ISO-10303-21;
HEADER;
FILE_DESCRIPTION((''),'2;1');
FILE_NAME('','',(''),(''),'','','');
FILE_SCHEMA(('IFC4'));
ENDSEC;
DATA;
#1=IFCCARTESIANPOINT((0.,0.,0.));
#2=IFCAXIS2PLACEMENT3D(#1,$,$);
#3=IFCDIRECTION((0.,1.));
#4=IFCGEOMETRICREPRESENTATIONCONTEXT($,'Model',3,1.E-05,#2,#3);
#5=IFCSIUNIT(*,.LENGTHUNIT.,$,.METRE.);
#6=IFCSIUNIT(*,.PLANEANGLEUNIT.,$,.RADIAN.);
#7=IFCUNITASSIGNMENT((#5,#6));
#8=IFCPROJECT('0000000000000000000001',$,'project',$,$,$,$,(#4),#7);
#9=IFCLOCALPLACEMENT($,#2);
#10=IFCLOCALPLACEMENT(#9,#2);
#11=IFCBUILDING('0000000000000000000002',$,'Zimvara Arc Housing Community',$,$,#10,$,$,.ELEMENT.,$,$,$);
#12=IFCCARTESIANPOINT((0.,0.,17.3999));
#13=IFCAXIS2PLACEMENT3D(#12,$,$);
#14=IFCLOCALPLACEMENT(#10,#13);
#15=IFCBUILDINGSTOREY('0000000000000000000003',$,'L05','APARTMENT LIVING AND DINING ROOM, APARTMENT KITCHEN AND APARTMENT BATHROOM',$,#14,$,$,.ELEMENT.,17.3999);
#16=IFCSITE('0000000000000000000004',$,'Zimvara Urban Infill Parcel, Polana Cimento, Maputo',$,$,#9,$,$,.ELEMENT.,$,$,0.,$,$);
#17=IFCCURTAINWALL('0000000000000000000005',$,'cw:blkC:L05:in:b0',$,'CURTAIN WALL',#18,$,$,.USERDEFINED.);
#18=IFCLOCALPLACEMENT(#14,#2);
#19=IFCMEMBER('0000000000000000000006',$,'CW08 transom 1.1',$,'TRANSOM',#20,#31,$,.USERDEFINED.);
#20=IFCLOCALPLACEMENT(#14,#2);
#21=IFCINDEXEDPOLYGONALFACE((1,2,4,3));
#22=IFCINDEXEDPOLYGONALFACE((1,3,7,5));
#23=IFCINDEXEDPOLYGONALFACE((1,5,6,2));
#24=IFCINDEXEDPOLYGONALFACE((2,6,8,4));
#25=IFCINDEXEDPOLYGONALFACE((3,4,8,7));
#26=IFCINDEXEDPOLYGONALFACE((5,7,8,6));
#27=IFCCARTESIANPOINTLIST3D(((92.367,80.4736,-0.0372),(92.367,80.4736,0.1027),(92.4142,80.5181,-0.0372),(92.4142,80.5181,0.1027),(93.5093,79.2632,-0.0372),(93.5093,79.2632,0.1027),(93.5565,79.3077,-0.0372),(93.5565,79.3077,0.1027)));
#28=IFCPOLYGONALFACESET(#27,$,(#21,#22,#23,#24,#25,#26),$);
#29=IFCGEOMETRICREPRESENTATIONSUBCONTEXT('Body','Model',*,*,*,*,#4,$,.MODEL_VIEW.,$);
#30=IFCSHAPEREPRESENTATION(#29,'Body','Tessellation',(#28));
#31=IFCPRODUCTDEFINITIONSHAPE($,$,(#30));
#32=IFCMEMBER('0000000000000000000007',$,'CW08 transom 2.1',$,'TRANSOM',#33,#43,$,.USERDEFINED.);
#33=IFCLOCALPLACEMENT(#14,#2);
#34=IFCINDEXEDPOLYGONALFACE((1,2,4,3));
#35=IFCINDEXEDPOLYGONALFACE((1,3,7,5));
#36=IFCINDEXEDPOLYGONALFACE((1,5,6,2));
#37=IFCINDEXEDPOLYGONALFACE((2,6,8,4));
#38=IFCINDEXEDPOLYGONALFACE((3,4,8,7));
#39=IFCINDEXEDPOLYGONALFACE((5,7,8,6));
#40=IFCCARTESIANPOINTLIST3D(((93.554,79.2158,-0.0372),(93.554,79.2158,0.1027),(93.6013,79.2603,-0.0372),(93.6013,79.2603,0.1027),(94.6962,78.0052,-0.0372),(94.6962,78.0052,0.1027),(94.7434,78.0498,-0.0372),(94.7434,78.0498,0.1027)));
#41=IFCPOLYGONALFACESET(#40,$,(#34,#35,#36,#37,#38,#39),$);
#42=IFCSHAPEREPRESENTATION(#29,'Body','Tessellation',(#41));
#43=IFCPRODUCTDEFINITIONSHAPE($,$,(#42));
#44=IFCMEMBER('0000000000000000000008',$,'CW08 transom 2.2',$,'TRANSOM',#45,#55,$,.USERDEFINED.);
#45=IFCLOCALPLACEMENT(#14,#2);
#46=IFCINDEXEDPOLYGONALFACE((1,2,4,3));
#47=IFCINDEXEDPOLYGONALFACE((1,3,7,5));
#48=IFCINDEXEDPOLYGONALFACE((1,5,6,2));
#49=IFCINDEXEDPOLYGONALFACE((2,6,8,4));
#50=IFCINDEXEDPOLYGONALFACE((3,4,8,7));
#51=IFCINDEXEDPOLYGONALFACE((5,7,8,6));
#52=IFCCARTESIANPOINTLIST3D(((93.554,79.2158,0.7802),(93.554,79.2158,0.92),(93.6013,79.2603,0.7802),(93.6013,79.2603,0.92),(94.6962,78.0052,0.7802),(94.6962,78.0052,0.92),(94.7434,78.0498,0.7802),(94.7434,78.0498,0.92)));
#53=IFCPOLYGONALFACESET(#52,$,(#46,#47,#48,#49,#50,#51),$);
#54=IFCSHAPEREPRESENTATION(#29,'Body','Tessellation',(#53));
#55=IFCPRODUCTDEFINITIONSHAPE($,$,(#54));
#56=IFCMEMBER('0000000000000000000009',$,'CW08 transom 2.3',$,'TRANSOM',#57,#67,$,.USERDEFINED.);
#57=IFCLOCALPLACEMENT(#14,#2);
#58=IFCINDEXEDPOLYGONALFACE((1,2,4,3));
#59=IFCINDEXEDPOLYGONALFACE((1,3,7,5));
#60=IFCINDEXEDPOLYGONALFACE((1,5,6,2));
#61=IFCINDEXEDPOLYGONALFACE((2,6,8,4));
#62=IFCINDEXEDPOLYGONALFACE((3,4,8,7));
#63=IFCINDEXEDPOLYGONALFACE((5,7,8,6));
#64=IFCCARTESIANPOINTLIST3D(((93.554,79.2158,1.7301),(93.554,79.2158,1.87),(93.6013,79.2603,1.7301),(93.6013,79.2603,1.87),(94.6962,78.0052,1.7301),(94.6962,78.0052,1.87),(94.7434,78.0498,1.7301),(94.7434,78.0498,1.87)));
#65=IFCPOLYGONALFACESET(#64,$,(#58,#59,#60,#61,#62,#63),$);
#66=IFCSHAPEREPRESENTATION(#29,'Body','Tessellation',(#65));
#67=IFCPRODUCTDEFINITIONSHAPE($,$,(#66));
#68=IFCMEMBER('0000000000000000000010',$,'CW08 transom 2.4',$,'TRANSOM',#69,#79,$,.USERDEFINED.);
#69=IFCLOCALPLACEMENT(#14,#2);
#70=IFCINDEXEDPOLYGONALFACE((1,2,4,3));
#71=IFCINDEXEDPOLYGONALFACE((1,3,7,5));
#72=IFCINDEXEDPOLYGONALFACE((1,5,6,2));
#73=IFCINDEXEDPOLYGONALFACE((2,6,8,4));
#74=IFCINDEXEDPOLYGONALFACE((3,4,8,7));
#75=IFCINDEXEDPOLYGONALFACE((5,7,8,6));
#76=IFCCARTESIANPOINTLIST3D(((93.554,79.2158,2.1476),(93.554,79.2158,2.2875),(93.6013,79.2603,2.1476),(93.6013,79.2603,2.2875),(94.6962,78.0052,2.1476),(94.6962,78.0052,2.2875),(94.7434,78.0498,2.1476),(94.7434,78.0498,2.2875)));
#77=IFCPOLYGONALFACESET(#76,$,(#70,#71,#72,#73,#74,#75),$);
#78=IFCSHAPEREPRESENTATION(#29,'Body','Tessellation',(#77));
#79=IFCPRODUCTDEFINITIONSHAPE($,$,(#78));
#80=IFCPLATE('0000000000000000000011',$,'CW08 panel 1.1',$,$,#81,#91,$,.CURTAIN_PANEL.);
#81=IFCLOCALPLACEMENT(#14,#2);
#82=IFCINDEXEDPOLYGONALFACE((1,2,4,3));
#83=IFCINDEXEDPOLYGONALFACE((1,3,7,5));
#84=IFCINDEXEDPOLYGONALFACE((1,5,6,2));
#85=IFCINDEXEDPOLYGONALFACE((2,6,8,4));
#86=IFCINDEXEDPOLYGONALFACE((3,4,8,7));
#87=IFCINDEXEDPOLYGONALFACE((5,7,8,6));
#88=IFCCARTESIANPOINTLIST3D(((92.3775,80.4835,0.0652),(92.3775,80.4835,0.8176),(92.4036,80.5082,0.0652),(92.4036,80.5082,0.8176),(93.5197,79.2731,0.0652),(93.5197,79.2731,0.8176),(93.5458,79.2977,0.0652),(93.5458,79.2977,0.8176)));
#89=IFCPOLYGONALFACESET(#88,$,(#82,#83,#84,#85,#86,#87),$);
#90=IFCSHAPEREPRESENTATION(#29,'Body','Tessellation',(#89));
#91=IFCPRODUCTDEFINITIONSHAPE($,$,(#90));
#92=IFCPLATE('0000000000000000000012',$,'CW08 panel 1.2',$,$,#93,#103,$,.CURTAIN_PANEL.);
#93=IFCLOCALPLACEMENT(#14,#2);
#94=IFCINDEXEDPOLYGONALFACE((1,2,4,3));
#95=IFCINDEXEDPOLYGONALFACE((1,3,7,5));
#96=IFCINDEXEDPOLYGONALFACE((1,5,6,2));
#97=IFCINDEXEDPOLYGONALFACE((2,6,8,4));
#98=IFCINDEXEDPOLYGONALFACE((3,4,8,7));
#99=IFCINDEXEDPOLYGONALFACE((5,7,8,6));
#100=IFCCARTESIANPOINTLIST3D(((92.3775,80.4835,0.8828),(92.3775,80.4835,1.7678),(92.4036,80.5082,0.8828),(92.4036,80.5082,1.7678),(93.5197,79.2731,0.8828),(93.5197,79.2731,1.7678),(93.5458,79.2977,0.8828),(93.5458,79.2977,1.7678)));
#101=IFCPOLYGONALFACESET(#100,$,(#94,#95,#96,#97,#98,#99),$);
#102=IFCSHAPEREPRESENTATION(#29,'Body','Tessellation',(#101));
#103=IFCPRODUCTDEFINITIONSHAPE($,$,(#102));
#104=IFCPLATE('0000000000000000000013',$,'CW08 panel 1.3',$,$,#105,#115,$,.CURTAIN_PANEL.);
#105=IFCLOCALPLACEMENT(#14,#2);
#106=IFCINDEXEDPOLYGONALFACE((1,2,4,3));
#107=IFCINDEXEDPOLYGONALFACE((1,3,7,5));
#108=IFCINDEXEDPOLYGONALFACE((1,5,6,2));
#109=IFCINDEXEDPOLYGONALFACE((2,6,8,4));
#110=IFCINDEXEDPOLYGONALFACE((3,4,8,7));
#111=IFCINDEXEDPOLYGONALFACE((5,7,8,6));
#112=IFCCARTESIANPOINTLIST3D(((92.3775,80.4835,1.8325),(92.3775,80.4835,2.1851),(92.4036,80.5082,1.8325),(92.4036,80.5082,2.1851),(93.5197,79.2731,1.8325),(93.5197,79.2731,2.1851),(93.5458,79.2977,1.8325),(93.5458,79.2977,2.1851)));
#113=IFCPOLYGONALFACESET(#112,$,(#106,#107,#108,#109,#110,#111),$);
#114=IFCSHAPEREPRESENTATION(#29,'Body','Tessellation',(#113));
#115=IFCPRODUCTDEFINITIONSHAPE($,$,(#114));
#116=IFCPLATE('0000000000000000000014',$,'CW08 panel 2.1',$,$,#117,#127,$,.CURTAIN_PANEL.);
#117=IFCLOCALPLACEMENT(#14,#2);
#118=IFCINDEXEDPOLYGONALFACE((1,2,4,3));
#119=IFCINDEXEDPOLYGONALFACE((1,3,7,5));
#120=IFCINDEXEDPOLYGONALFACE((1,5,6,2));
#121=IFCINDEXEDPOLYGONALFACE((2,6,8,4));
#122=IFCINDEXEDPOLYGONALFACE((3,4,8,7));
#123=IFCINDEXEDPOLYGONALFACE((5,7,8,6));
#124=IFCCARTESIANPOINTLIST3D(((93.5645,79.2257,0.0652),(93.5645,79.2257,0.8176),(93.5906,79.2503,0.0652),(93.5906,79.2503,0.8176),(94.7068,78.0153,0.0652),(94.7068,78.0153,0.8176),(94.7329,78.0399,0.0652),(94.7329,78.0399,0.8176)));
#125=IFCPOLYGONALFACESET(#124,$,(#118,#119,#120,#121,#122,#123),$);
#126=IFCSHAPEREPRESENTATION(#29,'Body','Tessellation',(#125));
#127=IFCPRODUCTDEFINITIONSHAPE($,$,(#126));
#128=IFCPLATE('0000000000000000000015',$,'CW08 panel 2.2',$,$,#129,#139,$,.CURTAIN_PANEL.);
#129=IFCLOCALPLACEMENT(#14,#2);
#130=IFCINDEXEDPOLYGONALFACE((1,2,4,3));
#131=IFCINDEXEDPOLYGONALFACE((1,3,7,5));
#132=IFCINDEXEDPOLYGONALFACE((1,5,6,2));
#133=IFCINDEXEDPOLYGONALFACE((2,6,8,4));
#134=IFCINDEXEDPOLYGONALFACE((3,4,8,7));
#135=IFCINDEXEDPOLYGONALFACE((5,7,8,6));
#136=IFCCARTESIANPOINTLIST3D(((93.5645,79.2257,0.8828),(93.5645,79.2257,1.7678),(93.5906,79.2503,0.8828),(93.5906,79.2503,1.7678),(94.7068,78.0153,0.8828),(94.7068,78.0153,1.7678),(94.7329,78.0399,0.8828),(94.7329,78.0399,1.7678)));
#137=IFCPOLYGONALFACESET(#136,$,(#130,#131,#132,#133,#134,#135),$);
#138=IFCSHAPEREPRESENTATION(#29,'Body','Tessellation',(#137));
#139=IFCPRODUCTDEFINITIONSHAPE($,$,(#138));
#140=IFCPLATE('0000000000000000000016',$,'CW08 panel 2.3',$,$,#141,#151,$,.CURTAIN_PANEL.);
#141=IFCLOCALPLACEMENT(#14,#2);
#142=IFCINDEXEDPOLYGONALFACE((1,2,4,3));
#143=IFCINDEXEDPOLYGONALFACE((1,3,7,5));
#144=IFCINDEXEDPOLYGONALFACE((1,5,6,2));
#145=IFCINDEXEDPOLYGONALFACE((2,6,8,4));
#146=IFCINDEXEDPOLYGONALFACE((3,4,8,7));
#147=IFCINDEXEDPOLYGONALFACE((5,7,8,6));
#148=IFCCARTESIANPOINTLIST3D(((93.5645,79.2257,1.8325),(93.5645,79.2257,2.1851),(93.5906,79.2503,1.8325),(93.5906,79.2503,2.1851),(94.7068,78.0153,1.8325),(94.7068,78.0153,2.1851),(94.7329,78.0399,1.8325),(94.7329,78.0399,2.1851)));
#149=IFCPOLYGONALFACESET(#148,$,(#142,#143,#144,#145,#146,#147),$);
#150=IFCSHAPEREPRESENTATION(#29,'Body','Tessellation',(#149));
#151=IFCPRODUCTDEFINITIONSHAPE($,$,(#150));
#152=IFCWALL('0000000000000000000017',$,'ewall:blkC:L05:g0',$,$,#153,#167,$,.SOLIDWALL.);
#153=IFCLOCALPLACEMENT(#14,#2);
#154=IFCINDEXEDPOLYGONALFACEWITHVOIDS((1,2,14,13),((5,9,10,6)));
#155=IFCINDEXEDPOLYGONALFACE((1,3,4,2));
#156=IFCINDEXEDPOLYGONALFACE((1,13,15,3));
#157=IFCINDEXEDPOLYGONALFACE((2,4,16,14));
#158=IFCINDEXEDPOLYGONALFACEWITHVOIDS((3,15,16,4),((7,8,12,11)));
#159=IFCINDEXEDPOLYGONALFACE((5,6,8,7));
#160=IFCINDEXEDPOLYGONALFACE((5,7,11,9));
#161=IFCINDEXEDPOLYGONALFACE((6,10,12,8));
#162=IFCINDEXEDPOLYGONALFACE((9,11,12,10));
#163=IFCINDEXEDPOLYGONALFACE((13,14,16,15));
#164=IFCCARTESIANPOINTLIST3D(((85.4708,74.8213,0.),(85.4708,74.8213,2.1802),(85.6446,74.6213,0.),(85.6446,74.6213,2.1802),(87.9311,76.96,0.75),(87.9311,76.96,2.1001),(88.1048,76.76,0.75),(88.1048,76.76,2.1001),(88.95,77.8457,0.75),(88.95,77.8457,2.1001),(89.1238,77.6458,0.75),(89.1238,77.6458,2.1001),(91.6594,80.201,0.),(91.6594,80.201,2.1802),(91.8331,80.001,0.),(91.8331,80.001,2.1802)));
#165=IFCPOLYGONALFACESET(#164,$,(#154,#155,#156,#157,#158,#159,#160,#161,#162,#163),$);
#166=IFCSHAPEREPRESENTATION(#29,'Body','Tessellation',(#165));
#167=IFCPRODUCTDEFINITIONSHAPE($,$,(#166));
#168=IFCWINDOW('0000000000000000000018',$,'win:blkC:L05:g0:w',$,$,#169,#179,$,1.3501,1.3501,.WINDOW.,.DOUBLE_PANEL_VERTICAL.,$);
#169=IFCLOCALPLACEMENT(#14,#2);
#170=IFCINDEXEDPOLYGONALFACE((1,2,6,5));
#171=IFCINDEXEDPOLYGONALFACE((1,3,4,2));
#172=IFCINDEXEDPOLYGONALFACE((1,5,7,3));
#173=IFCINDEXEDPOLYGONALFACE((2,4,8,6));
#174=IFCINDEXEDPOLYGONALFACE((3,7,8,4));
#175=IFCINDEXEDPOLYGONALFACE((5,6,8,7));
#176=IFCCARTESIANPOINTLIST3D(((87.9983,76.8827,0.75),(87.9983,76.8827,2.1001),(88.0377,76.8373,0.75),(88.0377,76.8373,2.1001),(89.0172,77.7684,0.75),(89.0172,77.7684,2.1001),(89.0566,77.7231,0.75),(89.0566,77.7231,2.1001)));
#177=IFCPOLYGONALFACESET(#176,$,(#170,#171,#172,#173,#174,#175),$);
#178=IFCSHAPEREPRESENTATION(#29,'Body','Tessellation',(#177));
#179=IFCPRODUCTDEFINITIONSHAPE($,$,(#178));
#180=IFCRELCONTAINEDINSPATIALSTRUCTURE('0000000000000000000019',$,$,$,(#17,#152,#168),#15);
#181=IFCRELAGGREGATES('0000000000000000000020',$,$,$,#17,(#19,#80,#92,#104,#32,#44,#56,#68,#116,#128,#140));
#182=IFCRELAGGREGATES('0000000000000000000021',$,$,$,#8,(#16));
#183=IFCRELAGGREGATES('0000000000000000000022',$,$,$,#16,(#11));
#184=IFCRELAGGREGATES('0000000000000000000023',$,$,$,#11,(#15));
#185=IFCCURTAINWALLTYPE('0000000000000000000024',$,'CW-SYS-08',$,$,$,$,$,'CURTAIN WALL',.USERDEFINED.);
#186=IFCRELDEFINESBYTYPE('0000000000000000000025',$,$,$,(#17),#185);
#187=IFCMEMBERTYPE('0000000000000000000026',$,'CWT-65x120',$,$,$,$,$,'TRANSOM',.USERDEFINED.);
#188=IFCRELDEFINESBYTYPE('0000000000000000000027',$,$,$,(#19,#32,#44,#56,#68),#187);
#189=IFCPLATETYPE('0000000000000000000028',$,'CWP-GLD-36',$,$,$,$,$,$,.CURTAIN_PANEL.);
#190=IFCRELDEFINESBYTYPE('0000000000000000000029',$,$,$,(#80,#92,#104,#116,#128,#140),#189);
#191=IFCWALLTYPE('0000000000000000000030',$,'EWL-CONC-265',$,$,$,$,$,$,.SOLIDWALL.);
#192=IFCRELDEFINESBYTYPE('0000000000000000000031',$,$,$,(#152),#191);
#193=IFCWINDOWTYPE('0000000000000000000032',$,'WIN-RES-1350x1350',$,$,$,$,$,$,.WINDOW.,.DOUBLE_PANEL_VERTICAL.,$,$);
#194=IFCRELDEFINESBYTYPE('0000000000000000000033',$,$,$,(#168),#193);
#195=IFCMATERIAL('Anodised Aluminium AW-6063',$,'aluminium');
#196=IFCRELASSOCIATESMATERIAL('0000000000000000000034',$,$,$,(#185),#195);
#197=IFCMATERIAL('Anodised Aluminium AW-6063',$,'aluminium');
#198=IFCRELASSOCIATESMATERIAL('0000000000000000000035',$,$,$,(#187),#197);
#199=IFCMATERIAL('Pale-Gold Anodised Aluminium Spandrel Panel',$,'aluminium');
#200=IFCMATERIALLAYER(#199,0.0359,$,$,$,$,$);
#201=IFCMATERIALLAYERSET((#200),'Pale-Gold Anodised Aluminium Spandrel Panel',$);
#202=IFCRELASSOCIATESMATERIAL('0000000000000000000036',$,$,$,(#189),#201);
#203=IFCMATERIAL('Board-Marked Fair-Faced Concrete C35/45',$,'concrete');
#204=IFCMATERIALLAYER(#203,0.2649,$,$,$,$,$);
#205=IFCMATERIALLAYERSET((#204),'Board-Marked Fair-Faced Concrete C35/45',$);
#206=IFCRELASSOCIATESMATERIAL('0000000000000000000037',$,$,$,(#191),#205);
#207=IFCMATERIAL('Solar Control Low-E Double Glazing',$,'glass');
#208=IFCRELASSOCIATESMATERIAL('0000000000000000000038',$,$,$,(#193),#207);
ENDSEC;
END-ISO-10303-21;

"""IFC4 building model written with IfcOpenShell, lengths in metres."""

from ifc_helpers import new_model, si_unit, direction, frame, frame_2d, origin, origin_2d, place, context, subcontext, project, spatial, rectangle, extrude, material, layer, layer_set, material_profile, profile_set, type_object, element, fill, aggregate, save


model = new_model("IFC4")

# Units and contexts
model_context = context("Model", 3, precision=1e-05, world=origin(), true_north=direction((0.0, 1.0)))
body_context = subcontext(model_context, "Body", "Model", "MODEL_VIEW")
ifc_project = project(units=[si_unit("LENGTHUNIT", "METRE"), si_unit("PLANEANGLEUNIT", "RADIAN")], contexts=[model_context])

# Site, building, storey
site_placement = place(None, origin())
site = spatial("IfcSite", under=ifc_project, at=site_placement, Name="Zimvara Urban Infill Parcel, Polana Cimento, Maputo", CompositionType="ELEMENT", RefElevation=0.0)
building_placement = place(site_placement, origin())
building = spatial("IfcBuilding", under=site, at=building_placement, Name="Zimvara Arc Housing Community", CompositionType="ELEMENT")
storey_placement = place(building_placement, frame((0.0, 0.0, 17.3999)))
storey = spatial("IfcBuildingStorey", under=building, at=storey_placement, Name="L05", Description="APARTMENT LIVING AND DINING ROOM, APARTMENT KITCHEN AND APARTMENT BATHROOM", CompositionType="ELEMENT", Elevation=17.3999)

# Curtain wall, members, plates
ifc_material_1 = material(Name="Anodised Aluminium AW-6063", Category="aluminium")
curtain_wall_type = type_object("IfcCurtainWallType", Name="CW-SYS-08", ElementType="CURTAIN WALL", PredefinedType="USERDEFINED", material=ifc_material_1)
curtain_wall_placement = place(storey_placement, origin())
curtain_wall = element("IfcCurtainWall", 1, at=curtain_wall_placement, inside=storey, type_object=curtain_wall_type, Name="cw:blkC:L05:in:b0", ObjectType="CURTAIN WALL", PredefinedType="USERDEFINED")
ifc_material_2 = material(Name="Anodised Aluminium AW-6063", Category="aluminium")
ifc_material_profile_1 = material_profile(ifc_material_2, rectangle(XDim=0.0649, YDim=0.1399, at=origin_2d()), Name="ALU 65x140")
ifc_profile_set_1 = profile_set([ifc_material_profile_1], Name="Anodised Aluminium AW-6063")
member_type_1 = type_object("IfcMemberType", Name="CWT-65x120", ElementType="TRANSOM", PredefinedType="USERDEFINED", material=ifc_profile_set_1)
member_1_placement = place(storey_placement, frame((92.3906, 80.4958, 0.0327), z_axis=(0.686348, -0.727273, 0.0), x_axis=(0.727273, 0.686348, 0.0)))
member_1 = element("IfcMember", 2, at=member_1_placement, type_object=member_type_1, Name="CW08 transom 1.1", ObjectType="TRANSOM", PredefinedType="USERDEFINED", context=body_context, shape_type="SweptSolid", body=[
    extrude(rectangle(XDim=0.0649, YDim=0.1399, at=origin_2d()), origin(), (0.0, 0.0, 1.0), 1.6643),
])
member_2_placement = place(storey_placement, frame((93.5776, 79.238, 0.0327), z_axis=(0.68627, -0.727347, 0.0), x_axis=(0.727347, 0.68627, 0.0)))
member_2 = element("IfcMember", 3, at=member_2_placement, type_object=member_type_1, Name="CW08 transom 2.1", ObjectType="TRANSOM", PredefinedType="USERDEFINED", context=body_context, shape_type="SweptSolid", body=[
    extrude(rectangle(XDim=0.0649, YDim=0.1399, at=origin_2d()), origin(), (0.0, 0.0, 1.0), 1.6643),
])
member_3_placement = place(storey_placement, frame((93.5776, 79.238, 0.8501), z_axis=(0.68627, -0.727347, 0.0), x_axis=(0.727347, 0.68627, 0.0)))
member_3 = element("IfcMember", 4, at=member_3_placement, type_object=member_type_1, Name="CW08 transom 2.2", ObjectType="TRANSOM", PredefinedType="USERDEFINED", context=body_context, shape_type="SweptSolid", body=[
    extrude(rectangle(XDim=0.0649, YDim=0.1399, at=origin_2d()), origin(), (0.0, 0.0, 1.0), 1.6643),
])
member_4_placement = place(storey_placement, frame((93.5776, 79.238, 1.8), z_axis=(0.68627, -0.727347, 0.0), x_axis=(0.727347, 0.68627, 0.0)))
member_4 = element("IfcMember", 5, at=member_4_placement, type_object=member_type_1, Name="CW08 transom 2.3", ObjectType="TRANSOM", PredefinedType="USERDEFINED", context=body_context, shape_type="SweptSolid", body=[
    extrude(rectangle(XDim=0.0649, YDim=0.1399, at=origin_2d()), origin(), (0.0, 0.0, 1.0), 1.6643),
])
member_5_placement = place(storey_placement, frame((93.5776, 79.238, 2.2175), z_axis=(0.68627, -0.727347, 0.0), x_axis=(0.727347, 0.68627, 0.0)))
member_5 = element("IfcMember", 6, at=member_5_placement, type_object=member_type_1, Name="CW08 transom 2.4", ObjectType="TRANSOM", PredefinedType="USERDEFINED", context=body_context, shape_type="SweptSolid", body=[
    extrude(rectangle(XDim=0.0649, YDim=0.1399, at=origin_2d()), origin(), (0.0, 0.0, 1.0), 1.6643),
])
ifc_material_3 = material(Name="Pale-Gold Anodised Aluminium Spandrel Panel", Category="aluminium")
ifc_layer_1 = layer(ifc_material_3, 0.0359)
ifc_layer_set_1 = layer_set([ifc_layer_1], Name="Pale-Gold Anodised Aluminium Spandrel Panel")
plate_type = type_object("IfcPlateType", Name="CWP-GLD-36", PredefinedType="CURTAIN_PANEL", material=ifc_layer_set_1)
plate_1_placement = place(storey_placement, frame((92.9617, 79.8906, 0.0652), z_axis=(0.0, 0.0, 1.0), x_axis=(0.686327, -0.727293, 0.0)))
plate_1 = element("IfcPlate", 7, at=plate_1_placement, type_object=plate_type, Name="CW08 panel 1.1", PredefinedType="CURTAIN_PANEL", context=body_context, shape_type="SweptSolid", body=[
    extrude(rectangle(XDim=1.6643, YDim=0.0359, at=origin_2d()), origin(), (0.0, 0.0, 1.0), 0.7524),
])
plate_2_placement = place(storey_placement, frame((92.9617, 79.8906, 0.8828), z_axis=(0.0, 0.0, 1.0), x_axis=(0.686327, -0.727293, 0.0)))
plate_2 = element("IfcPlate", 8, at=plate_2_placement, type_object=plate_type, Name="CW08 panel 1.2", PredefinedType="CURTAIN_PANEL", context=body_context, shape_type="SweptSolid", body=[
    extrude(rectangle(XDim=1.6643, YDim=0.0359, at=origin_2d()), origin(), (0.0, 0.0, 1.0), 0.885),
])
plate_3_placement = place(storey_placement, frame((92.9617, 79.8906, 1.8325), z_axis=(0.0, 0.0, 1.0), x_axis=(0.686327, -0.727293, 0.0)))
plate_3 = element("IfcPlate", 9, at=plate_3_placement, type_object=plate_type, Name="CW08 panel 1.3", PredefinedType="CURTAIN_PANEL", context=body_context, shape_type="SweptSolid", body=[
    extrude(rectangle(XDim=1.6643, YDim=0.0359, at=origin_2d()), origin(), (0.0, 0.0, 1.0), 0.3525),
])
plate_4_placement = place(storey_placement, frame((94.1487, 78.6328, 0.0652), z_axis=(0.0, 0.0, 1.0), x_axis=(0.686327, -0.727293, 0.0)))
plate_4 = element("IfcPlate", 10, at=plate_4_placement, type_object=plate_type, Name="CW08 panel 2.1", PredefinedType="CURTAIN_PANEL", context=body_context, shape_type="SweptSolid", body=[
    extrude(rectangle(XDim=1.6643, YDim=0.0359, at=origin_2d()), origin(), (0.0, 0.0, 1.0), 0.7524),
])
plate_5_placement = place(storey_placement, frame((94.1487, 78.6328, 0.8828), z_axis=(0.0, 0.0, 1.0), x_axis=(0.686327, -0.727293, 0.0)))
plate_5 = element("IfcPlate", 11, at=plate_5_placement, type_object=plate_type, Name="CW08 panel 2.2", PredefinedType="CURTAIN_PANEL", context=body_context, shape_type="SweptSolid", body=[
    extrude(rectangle(XDim=1.6643, YDim=0.0359, at=origin_2d()), origin(), (0.0, 0.0, 1.0), 0.885),
])
plate_6_placement = place(storey_placement, frame((94.1487, 78.6328, 1.8325), z_axis=(0.0, 0.0, 1.0), x_axis=(0.686327, -0.727293, 0.0)))
plate_6 = element("IfcPlate", 12, at=plate_6_placement, type_object=plate_type, Name="CW08 panel 2.3", PredefinedType="CURTAIN_PANEL", context=body_context, shape_type="SweptSolid", body=[
    extrude(rectangle(XDim=1.6643, YDim=0.0359, at=origin_2d()), origin(), (0.0, 0.0, 1.0), 0.3525),
])
aggregate(curtain_wall, [member_1, plate_1, plate_2, plate_3, member_2, member_3, member_4, member_5, plate_4, plate_5, plate_6])

# Wall, opening, window
ifc_material_4 = material(Name="Board-Marked Fair-Faced Concrete C35/45", Category="concrete")
ifc_layer_2 = layer(ifc_material_4, 0.2649)
ifc_layer_set_2 = layer_set([ifc_layer_2], Name="Board-Marked Fair-Faced Concrete C35/45")
wall_type_1 = type_object("IfcWallType", Name="EWL-CONC-265", PredefinedType="SOLIDWALL", material=ifc_layer_set_2)
wall_1_placement = place(storey_placement, frame((91.7463, 80.1011, 0.0), z_axis=(0.0, 0.0, 1.0), x_axis=(-0.754705, -0.656064, 0.0)))
wall_1 = element("IfcWall", 13, at=wall_1_placement, inside=storey, type_object=wall_type_1, Name="ewall:blkC:L05:g0", PredefinedType="SOLIDWALL", context=body_context, shape_type="SweptSolid", body=[
    extrude(rectangle(XDim=8.2, YDim=0.2649, at=frame_2d((4.1001, 0.0))), origin(), (0.0, 0.0, 1.0), 2.1802),
])
opening_1_placement = place(wall_1_placement, frame((3.5901, 0.0, 0.75)))
opening_1 = element("IfcOpeningElement", 14, at=opening_1_placement, cuts=wall_1, PredefinedType="OPENING", context=body_context, shape_type="SweptSolid", body=[
    extrude(rectangle(XDim=1.3501, YDim=1.3501, at=frame_2d((0.675, 0.675))), frame((0.0, 0.1423, 0.0), z_axis=(0.0, -1.0, 0.0), x_axis=(1.0, 0.0, 0.0)), (0.0, 0.0, 1.0), 0.2849),
])
ifc_material_5 = material(Name="Solar Control Low-E Double Glazing", Category="glass")
window_type_1 = type_object("IfcWindowType", Name="WIN-RES-1350x1350", PartitioningType="DOUBLE_PANEL_VERTICAL", PredefinedType="WINDOW", material=ifc_material_5)
window_1_placement = place(opening_1_placement, origin())
window_1 = element("IfcWindow", 15, at=window_1_placement, inside=storey, type_object=window_type_1, Name="win:blkC:L05:g0:w", OverallHeight=1.3501, OverallWidth=1.3501, PartitioningType="DOUBLE_PANEL_VERTICAL", PredefinedType="WINDOW", context=body_context, shape_type="SweptSolid", body=[
    extrude(rectangle(XDim=1.3501, YDim=1.3501, at=frame_2d((0.675, 0.675))), frame((0.0, 0.03, 0.0), z_axis=(0.0, -1.0, 0.0), x_axis=(1.0, 0.0, 0.0)), (0.0, 0.0, 1.0), 0.0601),
])
fill(opening_1, window_1)

save(model, "model.ifc")
